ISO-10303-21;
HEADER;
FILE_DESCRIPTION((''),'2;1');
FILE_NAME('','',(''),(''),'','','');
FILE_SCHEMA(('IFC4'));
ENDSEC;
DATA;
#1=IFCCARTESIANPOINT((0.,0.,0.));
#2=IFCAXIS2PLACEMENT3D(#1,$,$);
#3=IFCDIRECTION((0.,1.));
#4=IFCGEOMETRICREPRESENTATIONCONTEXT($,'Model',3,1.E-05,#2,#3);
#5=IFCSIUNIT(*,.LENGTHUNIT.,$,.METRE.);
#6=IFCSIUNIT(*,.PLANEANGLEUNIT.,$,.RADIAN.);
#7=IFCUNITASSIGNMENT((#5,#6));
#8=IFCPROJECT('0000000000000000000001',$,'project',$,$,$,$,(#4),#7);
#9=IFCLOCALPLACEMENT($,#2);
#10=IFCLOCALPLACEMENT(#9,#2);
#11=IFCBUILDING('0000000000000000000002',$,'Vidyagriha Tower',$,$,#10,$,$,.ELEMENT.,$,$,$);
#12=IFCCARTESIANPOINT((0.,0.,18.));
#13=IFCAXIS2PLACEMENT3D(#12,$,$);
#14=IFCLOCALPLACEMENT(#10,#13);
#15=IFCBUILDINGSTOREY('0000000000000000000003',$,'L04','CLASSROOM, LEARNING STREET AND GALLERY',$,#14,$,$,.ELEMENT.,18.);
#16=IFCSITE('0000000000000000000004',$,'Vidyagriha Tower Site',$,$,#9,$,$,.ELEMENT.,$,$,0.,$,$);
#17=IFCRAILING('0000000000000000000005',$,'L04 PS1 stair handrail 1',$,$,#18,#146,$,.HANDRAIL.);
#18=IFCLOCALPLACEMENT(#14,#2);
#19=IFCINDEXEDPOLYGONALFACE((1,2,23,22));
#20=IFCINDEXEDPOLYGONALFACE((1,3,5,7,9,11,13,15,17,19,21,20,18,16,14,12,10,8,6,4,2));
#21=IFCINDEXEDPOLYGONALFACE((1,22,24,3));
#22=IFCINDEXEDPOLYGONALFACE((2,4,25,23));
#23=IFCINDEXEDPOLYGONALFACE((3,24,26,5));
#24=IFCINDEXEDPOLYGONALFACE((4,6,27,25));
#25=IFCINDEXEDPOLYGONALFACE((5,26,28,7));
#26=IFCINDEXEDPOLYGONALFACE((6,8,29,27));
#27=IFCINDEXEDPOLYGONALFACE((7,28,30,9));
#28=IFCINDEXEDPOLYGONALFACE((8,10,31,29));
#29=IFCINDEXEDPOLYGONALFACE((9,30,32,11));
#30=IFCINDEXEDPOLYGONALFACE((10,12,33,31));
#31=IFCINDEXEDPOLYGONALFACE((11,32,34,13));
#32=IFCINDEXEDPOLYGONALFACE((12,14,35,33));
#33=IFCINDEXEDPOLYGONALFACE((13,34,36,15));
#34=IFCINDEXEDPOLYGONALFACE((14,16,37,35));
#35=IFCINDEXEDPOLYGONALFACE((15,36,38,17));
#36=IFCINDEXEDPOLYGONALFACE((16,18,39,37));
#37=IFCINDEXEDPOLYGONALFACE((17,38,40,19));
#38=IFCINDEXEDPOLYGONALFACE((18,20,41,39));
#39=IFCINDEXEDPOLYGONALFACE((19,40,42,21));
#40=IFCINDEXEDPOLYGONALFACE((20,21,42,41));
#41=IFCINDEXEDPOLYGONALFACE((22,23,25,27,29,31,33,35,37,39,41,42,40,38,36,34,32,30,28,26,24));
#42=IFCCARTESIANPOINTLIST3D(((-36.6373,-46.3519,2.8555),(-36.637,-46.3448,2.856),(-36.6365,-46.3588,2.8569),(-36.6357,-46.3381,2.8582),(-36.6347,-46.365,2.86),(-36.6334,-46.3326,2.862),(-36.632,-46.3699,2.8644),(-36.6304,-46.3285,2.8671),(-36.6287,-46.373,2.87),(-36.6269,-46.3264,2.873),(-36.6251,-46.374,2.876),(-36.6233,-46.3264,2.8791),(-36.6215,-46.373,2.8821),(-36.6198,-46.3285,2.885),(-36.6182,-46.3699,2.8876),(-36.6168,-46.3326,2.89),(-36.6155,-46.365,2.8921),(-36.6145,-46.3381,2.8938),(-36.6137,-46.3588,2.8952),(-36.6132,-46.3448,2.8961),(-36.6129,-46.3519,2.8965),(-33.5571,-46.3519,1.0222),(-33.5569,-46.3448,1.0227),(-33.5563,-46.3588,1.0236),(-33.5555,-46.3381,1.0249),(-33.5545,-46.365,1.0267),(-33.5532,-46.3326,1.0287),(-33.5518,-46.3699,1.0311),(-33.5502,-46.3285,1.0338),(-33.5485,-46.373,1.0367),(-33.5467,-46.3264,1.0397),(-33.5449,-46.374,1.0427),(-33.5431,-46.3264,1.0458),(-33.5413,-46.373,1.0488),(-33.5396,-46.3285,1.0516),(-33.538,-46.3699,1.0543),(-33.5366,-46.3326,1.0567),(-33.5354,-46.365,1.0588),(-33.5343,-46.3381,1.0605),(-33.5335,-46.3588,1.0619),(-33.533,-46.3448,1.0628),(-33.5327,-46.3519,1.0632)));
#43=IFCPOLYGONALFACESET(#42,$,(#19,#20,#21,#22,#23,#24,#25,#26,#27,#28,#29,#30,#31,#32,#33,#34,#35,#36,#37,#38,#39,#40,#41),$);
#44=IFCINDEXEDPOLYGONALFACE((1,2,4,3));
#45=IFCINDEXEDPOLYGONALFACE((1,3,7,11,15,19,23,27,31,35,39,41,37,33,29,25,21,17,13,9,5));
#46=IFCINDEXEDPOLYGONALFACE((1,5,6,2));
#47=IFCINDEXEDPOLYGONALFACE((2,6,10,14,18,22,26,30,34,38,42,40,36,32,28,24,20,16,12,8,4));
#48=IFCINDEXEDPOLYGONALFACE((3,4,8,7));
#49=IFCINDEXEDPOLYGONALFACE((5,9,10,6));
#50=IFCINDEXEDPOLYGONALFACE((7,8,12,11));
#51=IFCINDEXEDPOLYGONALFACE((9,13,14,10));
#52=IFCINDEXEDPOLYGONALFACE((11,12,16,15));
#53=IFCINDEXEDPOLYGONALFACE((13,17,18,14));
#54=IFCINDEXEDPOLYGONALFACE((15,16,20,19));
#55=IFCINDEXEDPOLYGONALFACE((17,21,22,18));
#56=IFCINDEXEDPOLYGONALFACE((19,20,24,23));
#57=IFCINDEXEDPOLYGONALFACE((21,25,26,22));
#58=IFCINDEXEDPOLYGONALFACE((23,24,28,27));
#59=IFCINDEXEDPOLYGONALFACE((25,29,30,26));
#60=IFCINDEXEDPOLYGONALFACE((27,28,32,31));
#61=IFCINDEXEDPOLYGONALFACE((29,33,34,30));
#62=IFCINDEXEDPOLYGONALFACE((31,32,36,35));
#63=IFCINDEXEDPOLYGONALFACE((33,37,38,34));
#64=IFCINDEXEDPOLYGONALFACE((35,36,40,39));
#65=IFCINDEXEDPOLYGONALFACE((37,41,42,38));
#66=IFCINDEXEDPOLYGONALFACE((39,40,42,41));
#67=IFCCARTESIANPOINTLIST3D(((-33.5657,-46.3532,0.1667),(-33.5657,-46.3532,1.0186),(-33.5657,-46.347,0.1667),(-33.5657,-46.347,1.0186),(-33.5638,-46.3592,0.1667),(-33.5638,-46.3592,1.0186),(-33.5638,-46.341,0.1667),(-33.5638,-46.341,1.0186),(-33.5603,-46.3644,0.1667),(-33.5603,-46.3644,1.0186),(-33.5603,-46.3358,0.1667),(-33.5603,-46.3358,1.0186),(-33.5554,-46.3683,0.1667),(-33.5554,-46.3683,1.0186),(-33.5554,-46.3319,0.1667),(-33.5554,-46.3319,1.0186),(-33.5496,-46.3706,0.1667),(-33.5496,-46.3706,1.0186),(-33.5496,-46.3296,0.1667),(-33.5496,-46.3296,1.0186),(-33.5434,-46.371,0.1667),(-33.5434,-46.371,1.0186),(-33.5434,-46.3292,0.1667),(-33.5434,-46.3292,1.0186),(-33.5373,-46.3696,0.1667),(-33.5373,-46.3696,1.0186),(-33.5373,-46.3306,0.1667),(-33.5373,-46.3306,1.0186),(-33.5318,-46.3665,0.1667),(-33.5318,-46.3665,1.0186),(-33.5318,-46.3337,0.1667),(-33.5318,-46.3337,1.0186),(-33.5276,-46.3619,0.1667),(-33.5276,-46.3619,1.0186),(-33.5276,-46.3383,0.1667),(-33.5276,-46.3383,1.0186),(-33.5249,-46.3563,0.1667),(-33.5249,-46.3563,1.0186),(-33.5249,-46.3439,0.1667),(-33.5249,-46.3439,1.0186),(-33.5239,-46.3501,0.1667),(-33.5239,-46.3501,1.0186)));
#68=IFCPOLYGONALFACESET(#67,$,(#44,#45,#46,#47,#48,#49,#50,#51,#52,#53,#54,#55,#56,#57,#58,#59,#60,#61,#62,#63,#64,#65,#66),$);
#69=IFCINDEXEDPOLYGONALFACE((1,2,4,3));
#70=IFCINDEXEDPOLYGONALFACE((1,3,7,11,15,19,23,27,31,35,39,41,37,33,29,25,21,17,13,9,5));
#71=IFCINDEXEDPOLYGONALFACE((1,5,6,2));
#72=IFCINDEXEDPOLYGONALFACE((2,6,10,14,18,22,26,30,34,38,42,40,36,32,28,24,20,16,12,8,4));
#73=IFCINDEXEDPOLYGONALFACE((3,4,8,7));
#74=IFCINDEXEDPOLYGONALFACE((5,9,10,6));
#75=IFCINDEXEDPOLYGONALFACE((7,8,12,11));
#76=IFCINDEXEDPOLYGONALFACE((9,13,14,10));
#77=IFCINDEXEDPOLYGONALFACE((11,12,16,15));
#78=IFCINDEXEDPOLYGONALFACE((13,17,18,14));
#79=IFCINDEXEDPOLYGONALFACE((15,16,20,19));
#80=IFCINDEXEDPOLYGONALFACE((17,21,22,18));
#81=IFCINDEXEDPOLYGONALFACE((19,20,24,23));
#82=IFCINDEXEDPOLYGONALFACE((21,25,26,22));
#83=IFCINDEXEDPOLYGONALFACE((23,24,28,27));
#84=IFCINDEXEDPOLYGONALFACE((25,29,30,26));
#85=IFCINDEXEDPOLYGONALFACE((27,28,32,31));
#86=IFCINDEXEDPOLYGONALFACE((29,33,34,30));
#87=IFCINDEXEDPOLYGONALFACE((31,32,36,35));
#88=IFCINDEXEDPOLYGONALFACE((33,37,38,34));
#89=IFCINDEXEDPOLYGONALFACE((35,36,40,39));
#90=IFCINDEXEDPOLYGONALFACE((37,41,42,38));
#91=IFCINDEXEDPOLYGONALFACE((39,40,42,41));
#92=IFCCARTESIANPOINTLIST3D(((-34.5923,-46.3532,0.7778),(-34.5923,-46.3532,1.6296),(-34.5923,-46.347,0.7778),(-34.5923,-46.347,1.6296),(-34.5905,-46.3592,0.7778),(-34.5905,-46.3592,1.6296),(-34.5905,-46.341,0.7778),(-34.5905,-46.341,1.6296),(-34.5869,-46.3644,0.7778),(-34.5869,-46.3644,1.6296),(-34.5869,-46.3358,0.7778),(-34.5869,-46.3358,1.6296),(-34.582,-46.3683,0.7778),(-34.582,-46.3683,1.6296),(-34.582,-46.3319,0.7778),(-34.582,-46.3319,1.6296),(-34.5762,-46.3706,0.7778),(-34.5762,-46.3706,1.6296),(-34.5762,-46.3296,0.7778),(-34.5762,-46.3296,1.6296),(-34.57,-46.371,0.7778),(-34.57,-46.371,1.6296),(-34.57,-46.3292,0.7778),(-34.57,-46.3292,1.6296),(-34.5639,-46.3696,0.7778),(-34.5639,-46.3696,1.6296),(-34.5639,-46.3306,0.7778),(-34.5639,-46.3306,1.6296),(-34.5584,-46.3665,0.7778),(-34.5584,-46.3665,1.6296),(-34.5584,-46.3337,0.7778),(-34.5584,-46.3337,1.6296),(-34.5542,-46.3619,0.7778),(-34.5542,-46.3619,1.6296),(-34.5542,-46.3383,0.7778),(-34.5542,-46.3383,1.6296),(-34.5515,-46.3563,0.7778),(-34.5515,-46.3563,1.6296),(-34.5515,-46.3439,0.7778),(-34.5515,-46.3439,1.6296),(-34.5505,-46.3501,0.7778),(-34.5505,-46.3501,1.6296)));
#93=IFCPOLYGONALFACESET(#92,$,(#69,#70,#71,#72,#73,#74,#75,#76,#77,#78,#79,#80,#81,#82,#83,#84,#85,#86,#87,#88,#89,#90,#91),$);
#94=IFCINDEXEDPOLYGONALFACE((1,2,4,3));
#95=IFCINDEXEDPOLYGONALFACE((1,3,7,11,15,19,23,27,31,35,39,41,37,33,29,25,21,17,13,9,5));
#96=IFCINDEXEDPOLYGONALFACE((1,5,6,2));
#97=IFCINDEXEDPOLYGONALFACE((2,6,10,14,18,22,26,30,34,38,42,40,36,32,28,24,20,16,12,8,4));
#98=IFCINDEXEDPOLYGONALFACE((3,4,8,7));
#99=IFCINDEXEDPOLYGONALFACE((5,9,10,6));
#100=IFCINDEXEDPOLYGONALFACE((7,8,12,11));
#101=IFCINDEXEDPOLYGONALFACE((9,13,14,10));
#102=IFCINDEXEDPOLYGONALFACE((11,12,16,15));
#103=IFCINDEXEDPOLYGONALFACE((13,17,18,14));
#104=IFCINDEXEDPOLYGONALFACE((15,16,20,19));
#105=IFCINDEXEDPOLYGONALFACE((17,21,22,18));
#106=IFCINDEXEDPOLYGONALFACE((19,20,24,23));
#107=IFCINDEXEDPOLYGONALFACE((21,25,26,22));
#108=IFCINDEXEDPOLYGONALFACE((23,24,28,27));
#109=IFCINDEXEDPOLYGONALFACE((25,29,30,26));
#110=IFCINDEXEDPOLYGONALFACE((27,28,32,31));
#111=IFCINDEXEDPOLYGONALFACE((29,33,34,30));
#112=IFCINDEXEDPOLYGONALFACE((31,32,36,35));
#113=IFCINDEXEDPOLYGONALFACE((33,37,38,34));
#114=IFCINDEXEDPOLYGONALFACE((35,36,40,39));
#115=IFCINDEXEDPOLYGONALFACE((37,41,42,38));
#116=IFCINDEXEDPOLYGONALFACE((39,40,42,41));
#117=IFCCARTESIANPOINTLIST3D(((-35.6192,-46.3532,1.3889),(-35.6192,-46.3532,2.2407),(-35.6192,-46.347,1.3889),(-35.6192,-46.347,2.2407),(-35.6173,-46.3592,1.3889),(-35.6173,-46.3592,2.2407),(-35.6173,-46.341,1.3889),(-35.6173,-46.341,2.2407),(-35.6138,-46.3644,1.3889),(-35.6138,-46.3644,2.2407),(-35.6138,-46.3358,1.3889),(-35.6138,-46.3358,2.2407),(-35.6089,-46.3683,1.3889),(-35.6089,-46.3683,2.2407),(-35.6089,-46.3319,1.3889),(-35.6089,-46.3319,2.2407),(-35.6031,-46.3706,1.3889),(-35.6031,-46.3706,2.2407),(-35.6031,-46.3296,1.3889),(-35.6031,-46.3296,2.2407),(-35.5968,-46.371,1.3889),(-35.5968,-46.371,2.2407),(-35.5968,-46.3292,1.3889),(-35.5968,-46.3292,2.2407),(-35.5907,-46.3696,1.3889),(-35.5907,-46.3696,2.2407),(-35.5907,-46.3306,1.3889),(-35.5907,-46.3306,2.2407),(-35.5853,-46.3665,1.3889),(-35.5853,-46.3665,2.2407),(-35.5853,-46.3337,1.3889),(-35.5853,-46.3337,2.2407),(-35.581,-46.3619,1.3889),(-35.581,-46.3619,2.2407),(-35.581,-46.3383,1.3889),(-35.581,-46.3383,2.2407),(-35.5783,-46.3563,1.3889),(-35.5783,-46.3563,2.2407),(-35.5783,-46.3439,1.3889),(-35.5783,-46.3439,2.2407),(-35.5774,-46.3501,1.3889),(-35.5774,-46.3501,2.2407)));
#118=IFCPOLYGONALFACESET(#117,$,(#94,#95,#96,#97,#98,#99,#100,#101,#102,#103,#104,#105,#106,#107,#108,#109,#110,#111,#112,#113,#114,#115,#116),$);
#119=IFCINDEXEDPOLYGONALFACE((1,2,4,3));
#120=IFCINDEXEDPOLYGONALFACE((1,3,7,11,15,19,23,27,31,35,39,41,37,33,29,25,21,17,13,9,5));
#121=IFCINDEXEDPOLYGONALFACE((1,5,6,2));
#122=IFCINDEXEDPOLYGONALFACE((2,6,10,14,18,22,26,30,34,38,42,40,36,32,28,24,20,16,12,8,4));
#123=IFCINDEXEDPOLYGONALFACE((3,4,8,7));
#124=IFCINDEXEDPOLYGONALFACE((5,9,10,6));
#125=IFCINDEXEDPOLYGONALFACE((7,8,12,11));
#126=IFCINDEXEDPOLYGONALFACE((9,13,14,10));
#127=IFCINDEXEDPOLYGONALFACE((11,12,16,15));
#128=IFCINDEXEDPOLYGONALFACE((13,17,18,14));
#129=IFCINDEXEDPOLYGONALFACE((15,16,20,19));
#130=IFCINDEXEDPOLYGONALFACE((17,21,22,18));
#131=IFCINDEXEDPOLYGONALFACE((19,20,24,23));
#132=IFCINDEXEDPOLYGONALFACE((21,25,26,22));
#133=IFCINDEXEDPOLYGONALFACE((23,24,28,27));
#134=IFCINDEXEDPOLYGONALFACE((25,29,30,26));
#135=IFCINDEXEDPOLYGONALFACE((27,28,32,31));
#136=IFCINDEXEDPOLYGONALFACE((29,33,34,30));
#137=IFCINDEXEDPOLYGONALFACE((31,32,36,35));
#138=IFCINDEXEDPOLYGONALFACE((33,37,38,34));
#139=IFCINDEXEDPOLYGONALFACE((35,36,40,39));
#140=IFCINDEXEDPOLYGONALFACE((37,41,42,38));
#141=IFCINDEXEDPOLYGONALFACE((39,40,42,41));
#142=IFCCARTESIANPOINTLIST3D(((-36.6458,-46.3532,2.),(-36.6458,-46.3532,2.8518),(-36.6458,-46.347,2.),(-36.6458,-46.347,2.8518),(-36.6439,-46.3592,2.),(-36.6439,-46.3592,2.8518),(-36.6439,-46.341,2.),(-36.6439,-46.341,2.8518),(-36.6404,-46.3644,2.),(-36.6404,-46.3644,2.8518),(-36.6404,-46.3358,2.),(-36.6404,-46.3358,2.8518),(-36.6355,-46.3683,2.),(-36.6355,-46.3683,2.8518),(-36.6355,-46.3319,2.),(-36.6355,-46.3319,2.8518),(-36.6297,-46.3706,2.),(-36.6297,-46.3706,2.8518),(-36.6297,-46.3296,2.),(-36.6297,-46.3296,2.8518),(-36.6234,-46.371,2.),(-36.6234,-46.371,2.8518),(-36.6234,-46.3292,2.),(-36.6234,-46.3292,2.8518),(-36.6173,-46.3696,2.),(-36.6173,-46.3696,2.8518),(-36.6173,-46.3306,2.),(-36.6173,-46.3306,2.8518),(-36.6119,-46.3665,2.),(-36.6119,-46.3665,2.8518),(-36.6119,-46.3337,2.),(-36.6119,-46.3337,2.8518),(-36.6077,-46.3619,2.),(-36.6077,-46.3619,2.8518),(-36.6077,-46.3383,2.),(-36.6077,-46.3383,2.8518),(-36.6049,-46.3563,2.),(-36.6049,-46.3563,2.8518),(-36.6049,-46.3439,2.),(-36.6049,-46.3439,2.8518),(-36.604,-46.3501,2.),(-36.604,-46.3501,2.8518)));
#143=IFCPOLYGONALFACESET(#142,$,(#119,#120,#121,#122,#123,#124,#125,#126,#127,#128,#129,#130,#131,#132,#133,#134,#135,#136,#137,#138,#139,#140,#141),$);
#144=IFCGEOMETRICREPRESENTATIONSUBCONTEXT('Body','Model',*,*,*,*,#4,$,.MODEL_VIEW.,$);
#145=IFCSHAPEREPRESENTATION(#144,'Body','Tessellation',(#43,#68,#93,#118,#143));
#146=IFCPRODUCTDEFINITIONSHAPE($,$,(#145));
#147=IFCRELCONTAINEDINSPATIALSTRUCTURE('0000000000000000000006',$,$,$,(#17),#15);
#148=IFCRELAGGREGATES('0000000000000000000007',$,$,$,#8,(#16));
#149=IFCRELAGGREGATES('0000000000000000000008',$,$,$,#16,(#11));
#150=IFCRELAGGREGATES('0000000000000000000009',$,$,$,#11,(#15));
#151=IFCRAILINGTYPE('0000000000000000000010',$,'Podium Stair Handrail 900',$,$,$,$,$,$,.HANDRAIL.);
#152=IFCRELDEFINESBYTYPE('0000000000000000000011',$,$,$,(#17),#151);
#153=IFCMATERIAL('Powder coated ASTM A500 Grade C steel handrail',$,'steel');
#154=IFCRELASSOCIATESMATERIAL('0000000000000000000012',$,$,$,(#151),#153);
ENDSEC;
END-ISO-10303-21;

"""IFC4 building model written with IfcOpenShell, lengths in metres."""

from ifc_helpers import new_model, si_unit, direction, frame, origin, origin_2d, place, context, subcontext, project, spatial, circle, extrude, material, type_object, element, save


model = new_model("IFC4")

# Units and contexts
model_context = context("Model", 3, precision=1e-05, world=origin(), true_north=direction((0.0, 1.0)))
body_context = subcontext(model_context, "Body", "Model", "MODEL_VIEW")
ifc_project = project(units=[si_unit("LENGTHUNIT", "METRE"), si_unit("PLANEANGLEUNIT", "RADIAN")], contexts=[model_context])

# Site, building, storey
site_placement = place(None, origin())
site = spatial("IfcSite", under=ifc_project, at=site_placement, Name="Vidyagriha Tower Site", CompositionType="ELEMENT", RefElevation=0.0)
building_placement = place(site_placement, origin())
building = spatial("IfcBuilding", under=site, at=building_placement, Name="Vidyagriha Tower", CompositionType="ELEMENT")
storey_placement = place(building_placement, frame((0.0, 0.0, 18.0)))
storey = spatial("IfcBuildingStorey", under=building, at=storey_placement, Name="L04", Description="CLASSROOM, LEARNING STREET AND GALLERY", CompositionType="ELEMENT", Elevation=18.0)

# Railing
ifc_material_1 = material(Name="Powder coated ASTM A500 Grade C steel handrail", Category="steel")
railing_type_1 = type_object("IfcRailingType", Name="Podium Stair Handrail 900", PredefinedType="HANDRAIL", material=ifc_material_1)
railing_1_placement = place(storey_placement, frame((-33.5449, -46.3501, 0.1667)))
element("IfcRailing", 1, at=railing_1_placement, inside=storey, type_object=railing_type_1, Name="L04 PS1 stair handrail 1", PredefinedType="HANDRAIL", context=body_context, shape_type="SweptSolid", body=[
    extrude(circle(Radius=0.0239, at=origin_2d()), frame((0.0, 0.0, 0.876), z_axis=(-0.859309, 0.0, 0.511458), x_axis=(0.0, -1.0, 0.0)), (0.0, 0.0, 1.0), 3.5845),
    extrude(circle(Radius=0.021, at=origin_2d()), origin(), (0.0, 0.0, 1.0), 0.8518),
    extrude(circle(Radius=0.021, at=origin_2d()), frame((-1.0266, 0.0, 0.6111)), (0.0, 0.0, 1.0), 0.8518),
    extrude(circle(Radius=0.021, at=origin_2d()), frame((-2.0535, 0.0, 1.2222)), (0.0, 0.0, 1.0), 0.8518),
    extrude(circle(Radius=0.021, at=origin_2d()), frame((-3.0801, 0.0, 1.8333)), (0.0, 0.0, 1.0), 0.8518),
])

save(model, "model.ifc")
